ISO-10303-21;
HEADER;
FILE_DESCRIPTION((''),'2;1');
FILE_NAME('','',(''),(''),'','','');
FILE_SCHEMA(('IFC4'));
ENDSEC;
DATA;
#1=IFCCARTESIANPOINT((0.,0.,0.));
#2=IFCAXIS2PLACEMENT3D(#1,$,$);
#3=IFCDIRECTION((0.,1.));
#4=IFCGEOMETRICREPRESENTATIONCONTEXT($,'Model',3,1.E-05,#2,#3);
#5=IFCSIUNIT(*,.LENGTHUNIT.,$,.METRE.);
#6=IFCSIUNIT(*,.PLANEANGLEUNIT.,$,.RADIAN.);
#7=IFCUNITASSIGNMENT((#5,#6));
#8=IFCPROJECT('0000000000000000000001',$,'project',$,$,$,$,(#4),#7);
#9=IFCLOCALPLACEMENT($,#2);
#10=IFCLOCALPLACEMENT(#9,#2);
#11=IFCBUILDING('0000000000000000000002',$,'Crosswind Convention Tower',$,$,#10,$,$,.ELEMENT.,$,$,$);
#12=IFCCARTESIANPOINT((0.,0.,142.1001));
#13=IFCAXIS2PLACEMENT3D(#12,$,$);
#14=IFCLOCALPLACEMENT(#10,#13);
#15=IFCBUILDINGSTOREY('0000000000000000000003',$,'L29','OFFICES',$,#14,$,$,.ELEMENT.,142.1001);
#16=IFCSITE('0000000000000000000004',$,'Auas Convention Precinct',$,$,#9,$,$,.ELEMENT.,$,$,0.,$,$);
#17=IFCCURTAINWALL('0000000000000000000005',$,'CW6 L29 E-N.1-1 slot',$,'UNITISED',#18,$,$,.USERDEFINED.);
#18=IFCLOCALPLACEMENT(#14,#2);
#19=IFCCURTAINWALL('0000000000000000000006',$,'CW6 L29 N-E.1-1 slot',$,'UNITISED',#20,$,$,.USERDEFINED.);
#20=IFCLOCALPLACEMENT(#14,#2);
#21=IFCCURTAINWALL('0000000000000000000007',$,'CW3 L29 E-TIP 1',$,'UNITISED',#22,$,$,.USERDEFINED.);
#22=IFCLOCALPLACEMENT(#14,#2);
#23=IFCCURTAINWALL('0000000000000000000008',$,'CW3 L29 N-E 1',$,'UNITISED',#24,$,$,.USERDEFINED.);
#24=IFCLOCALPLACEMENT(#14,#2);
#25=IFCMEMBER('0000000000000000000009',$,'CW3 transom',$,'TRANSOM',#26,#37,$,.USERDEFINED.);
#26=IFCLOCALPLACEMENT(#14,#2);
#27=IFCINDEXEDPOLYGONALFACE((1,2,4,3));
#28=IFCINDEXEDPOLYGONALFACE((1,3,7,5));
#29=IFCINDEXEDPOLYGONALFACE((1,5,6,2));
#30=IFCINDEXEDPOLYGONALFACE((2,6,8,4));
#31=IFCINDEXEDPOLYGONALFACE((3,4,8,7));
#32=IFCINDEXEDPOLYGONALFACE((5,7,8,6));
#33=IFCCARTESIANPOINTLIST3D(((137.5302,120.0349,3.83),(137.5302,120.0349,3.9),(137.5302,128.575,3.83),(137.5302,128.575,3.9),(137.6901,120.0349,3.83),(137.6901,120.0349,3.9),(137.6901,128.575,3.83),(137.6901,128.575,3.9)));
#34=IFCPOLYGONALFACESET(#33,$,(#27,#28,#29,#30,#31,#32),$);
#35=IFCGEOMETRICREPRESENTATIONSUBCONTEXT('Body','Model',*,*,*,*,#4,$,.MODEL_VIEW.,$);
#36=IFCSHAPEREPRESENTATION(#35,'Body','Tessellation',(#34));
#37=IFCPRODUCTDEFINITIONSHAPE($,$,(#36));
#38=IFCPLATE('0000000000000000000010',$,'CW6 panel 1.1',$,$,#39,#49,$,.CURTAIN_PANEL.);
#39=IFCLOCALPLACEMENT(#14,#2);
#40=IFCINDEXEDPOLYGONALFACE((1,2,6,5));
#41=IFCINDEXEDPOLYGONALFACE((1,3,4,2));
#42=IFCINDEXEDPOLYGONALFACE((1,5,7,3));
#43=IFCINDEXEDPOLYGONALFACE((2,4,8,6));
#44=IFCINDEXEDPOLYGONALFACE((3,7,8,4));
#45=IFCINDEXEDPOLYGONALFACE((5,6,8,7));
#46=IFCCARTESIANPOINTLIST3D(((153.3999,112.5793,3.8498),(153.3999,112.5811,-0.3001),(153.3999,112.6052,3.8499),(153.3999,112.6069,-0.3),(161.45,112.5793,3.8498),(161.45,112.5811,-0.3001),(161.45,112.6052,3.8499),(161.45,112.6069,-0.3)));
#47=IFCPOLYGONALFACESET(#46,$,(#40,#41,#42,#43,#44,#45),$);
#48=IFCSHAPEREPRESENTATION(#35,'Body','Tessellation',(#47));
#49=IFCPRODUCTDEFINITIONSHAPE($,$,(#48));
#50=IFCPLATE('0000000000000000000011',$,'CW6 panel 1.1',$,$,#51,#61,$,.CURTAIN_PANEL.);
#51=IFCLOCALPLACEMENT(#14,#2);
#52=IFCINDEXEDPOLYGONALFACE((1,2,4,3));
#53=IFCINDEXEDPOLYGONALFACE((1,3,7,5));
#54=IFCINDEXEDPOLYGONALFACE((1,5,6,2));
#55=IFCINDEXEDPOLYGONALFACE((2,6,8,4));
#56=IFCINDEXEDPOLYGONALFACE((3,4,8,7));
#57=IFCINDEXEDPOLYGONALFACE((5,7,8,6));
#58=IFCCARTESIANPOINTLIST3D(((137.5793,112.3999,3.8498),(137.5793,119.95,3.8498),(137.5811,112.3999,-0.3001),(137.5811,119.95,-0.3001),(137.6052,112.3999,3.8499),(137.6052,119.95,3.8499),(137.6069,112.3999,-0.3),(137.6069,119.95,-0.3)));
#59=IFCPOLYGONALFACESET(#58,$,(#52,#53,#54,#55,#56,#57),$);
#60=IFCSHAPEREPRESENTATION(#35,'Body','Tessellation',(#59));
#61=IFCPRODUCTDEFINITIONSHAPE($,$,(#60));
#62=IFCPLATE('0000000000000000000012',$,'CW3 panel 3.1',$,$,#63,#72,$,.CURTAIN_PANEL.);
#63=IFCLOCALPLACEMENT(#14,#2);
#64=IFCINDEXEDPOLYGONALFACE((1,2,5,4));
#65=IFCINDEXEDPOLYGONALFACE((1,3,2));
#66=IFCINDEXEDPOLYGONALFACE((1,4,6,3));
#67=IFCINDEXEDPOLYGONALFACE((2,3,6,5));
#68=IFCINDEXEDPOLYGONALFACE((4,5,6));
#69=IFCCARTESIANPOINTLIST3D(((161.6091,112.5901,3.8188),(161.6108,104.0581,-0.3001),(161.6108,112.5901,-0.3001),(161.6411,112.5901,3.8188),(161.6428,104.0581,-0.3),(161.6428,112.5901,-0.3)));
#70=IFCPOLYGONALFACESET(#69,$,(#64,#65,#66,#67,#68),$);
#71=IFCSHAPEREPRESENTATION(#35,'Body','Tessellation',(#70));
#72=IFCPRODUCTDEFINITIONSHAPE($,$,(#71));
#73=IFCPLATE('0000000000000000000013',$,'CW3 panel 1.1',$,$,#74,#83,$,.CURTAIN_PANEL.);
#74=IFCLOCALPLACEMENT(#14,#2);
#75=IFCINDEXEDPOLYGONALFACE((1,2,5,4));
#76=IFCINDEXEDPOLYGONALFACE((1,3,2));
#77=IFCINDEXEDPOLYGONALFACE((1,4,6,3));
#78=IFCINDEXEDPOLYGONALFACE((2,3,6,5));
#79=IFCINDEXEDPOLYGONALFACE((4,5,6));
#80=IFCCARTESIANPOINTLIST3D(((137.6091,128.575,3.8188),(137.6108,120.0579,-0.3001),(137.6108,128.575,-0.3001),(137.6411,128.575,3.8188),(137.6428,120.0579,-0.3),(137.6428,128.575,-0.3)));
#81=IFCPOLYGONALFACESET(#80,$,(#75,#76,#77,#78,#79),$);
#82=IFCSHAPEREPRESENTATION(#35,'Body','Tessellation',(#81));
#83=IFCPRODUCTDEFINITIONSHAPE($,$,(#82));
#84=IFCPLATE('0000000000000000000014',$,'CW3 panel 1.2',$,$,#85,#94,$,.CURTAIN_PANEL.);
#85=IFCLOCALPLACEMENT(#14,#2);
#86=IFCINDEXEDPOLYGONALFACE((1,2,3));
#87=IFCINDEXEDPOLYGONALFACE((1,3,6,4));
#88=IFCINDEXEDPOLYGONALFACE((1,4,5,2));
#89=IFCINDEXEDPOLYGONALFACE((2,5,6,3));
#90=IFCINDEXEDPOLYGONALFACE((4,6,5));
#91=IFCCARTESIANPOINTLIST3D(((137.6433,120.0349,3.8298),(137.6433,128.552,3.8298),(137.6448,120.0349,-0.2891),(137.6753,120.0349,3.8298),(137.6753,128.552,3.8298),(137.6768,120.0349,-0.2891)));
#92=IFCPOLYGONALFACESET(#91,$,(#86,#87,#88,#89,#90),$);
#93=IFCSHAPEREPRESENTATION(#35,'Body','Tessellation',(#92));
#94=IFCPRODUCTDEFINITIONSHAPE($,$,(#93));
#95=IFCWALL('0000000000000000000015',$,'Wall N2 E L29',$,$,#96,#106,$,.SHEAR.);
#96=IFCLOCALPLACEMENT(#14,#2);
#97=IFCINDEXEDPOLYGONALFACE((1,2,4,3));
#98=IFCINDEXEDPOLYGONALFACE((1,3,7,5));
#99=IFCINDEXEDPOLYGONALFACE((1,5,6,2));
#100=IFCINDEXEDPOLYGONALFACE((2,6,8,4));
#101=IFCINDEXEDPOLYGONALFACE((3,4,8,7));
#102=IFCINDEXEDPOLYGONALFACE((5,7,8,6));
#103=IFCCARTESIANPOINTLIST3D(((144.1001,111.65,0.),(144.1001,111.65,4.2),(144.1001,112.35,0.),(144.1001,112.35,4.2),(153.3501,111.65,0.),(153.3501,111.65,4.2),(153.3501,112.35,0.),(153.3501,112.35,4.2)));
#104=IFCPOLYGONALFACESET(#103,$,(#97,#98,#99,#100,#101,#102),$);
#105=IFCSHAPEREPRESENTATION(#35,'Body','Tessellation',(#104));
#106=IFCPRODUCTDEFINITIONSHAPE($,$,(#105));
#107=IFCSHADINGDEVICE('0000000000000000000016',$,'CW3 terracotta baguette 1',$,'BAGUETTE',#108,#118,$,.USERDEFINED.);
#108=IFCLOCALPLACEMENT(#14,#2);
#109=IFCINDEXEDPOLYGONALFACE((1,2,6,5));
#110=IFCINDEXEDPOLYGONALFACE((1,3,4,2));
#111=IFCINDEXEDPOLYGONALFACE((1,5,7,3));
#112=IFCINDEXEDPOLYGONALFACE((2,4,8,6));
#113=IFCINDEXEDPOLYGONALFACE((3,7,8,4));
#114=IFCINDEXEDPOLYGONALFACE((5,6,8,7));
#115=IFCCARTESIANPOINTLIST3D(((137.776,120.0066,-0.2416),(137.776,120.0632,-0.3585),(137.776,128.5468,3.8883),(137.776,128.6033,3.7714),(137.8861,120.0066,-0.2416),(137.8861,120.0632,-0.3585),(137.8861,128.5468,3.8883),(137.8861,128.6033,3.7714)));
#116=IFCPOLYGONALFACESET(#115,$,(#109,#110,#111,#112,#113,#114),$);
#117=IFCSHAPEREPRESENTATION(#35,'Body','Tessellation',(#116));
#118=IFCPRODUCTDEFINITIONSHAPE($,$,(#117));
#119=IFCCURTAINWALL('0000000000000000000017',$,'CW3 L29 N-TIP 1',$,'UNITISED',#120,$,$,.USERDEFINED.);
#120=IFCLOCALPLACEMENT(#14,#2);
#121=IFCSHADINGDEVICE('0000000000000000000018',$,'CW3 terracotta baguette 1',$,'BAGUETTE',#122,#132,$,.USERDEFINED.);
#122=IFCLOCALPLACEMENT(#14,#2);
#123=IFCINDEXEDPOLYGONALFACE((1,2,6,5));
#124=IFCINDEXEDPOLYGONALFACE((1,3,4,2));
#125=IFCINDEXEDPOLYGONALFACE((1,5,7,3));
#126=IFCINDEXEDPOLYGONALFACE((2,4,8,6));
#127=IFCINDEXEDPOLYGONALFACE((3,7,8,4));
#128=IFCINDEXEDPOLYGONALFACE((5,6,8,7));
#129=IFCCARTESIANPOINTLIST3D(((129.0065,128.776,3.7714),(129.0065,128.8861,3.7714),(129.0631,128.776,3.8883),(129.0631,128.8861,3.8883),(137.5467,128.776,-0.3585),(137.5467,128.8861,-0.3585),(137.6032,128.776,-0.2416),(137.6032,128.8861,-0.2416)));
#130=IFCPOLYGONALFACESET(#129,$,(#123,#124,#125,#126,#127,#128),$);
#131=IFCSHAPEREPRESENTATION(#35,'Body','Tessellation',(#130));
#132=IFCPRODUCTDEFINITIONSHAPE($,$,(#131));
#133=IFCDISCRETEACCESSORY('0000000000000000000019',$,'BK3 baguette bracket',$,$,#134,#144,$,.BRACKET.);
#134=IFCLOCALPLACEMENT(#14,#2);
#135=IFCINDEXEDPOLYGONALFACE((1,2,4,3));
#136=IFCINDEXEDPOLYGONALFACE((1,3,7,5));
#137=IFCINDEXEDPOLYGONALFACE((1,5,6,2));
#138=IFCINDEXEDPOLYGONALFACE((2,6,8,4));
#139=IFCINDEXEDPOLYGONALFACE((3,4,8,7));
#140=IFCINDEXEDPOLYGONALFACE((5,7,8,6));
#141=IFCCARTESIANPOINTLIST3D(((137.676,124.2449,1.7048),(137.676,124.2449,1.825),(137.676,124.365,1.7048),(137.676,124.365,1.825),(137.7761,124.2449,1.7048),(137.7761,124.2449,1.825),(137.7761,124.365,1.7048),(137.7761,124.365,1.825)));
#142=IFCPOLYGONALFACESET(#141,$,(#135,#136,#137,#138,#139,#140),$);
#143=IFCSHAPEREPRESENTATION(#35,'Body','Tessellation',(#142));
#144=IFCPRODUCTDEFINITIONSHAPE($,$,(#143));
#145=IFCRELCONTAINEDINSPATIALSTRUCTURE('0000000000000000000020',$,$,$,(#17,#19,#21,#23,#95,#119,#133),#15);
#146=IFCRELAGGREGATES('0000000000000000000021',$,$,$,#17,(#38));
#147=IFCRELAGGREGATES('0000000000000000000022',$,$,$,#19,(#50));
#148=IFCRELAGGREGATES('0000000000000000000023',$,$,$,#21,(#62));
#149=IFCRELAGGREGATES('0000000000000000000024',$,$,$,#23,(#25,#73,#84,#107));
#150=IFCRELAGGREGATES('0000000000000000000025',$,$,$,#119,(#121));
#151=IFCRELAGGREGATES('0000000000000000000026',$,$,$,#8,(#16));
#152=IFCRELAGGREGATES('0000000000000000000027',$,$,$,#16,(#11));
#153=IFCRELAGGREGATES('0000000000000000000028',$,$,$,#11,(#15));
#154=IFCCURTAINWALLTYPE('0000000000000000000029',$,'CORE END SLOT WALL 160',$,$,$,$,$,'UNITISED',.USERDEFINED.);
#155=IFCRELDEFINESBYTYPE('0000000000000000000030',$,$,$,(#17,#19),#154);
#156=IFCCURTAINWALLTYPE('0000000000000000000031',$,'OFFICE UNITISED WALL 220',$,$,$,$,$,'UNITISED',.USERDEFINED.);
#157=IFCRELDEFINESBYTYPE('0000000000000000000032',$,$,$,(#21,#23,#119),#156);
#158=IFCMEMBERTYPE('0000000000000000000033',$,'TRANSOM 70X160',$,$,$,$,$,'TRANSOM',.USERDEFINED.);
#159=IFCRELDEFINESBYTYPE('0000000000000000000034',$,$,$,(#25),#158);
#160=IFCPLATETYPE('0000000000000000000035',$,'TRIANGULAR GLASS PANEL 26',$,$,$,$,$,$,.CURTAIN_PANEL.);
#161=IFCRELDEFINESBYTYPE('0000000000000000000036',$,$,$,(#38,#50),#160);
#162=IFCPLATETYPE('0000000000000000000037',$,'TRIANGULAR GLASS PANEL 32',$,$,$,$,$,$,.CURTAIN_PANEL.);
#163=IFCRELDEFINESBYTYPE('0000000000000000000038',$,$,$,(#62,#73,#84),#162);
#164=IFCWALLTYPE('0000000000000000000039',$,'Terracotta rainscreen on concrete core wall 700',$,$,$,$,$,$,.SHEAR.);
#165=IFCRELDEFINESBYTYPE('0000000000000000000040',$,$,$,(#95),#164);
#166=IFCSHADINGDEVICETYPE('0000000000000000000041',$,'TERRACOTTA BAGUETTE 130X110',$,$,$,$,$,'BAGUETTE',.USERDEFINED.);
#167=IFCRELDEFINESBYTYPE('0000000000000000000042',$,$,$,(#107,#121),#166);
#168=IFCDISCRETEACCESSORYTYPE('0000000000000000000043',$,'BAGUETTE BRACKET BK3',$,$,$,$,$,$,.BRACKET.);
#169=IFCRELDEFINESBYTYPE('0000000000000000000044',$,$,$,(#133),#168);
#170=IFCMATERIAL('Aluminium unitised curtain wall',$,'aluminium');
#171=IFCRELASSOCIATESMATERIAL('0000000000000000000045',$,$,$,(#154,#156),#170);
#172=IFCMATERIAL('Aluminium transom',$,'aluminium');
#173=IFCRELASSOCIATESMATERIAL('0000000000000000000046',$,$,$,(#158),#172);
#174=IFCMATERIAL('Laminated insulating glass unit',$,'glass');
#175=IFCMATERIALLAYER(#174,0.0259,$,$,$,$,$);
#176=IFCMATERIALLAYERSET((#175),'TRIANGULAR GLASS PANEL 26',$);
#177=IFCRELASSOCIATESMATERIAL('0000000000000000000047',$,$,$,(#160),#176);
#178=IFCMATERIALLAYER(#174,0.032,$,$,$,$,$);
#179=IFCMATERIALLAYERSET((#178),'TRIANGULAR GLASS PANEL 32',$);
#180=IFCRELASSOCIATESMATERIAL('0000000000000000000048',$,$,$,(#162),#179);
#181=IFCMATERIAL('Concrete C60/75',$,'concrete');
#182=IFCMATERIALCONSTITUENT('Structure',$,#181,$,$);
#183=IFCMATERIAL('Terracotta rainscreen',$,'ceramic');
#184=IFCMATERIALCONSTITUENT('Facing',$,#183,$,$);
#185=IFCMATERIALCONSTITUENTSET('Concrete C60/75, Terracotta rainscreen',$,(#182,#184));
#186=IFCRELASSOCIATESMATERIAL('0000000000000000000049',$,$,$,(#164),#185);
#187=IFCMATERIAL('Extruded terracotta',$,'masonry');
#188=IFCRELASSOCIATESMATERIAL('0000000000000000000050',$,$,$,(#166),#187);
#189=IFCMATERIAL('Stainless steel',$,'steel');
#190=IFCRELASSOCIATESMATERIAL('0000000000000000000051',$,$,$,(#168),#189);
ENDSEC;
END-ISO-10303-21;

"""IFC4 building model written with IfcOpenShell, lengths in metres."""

from ifc_helpers import new_model, si_unit, direction, frame, frame_2d, origin, origin_2d, place, context, subcontext, project, spatial, polyline, rectangle, outline, extrude, material, layer, layer_set, constituent, constituent_set, material_profile, profile_set, type_object, element, aggregate, save


model = new_model("IFC4")

# Units and contexts
model_context = context("Model", 3, precision=1e-05, world=origin(), true_north=direction((0.0, 1.0)))
body_context = subcontext(model_context, "Body", "Model", "MODEL_VIEW")
ifc_project = project(units=[si_unit("LENGTHUNIT", "METRE"), si_unit("PLANEANGLEUNIT", "RADIAN")], contexts=[model_context])

# Site, building, storey
site_placement = place(None, origin())
site = spatial("IfcSite", under=ifc_project, at=site_placement, Name="Auas Convention Precinct", CompositionType="ELEMENT", RefElevation=0.0)
building_placement = place(site_placement, origin())
building = spatial("IfcBuilding", under=site, at=building_placement, Name="Crosswind Convention Tower", CompositionType="ELEMENT")
storey_placement = place(building_placement, frame((0.0, 0.0, 142.1001)))
storey = spatial("IfcBuildingStorey", under=building, at=storey_placement, Name="L29", Description="OFFICES", CompositionType="ELEMENT", Elevation=142.1001)

# Shared definitions
ifc_material_1 = material(Name="Concrete C60/75", Category="concrete")

# Curtain walls
ifc_material_2 = material(Name="Aluminium unitised curtain wall", Category="aluminium")
curtain_wall_type_1 = type_object("IfcCurtainWallType", Name="CORE END SLOT WALL 160", ElementType="UNITISED", PredefinedType="USERDEFINED", material=ifc_material_2)
curtain_wall_1_placement = place(storey_placement, origin())
curtain_wall_1 = element("IfcCurtainWall", 1, at=curtain_wall_1_placement, inside=storey, type_object=curtain_wall_type_1, Name="CW6 L29 E-N.1-1 slot", ObjectType="UNITISED", PredefinedType="USERDEFINED")
curtain_wall_2_placement = place(storey_placement, origin())
curtain_wall_2 = element("IfcCurtainWall", 2, at=curtain_wall_2_placement, inside=storey, type_object=curtain_wall_type_1, Name="CW6 L29 N-E.1-1 slot", ObjectType="UNITISED", PredefinedType="USERDEFINED")

# Curtain wall
curtain_wall_type_2 = type_object("IfcCurtainWallType", Name="OFFICE UNITISED WALL 220", ElementType="UNITISED", PredefinedType="USERDEFINED", material=ifc_material_2)
curtain_wall_3_placement = place(storey_placement, origin())
curtain_wall_3 = element("IfcCurtainWall", 3, at=curtain_wall_3_placement, inside=storey, type_object=curtain_wall_type_2, Name="CW3 L29 E-TIP 1", ObjectType="UNITISED", PredefinedType="USERDEFINED")

# Curtain wall
curtain_wall_4_placement = place(storey_placement, origin())
curtain_wall_4 = element("IfcCurtainWall", 4, at=curtain_wall_4_placement, inside=storey, type_object=curtain_wall_type_2, Name="CW3 L29 N-E 1", ObjectType="UNITISED", PredefinedType="USERDEFINED")

# Member
ifc_material_3 = material(Name="Aluminium transom", Category="aluminium")
ifc_material_profile_1 = material_profile(ifc_material_3, rectangle(XDim=0.1599, YDim=0.0701, at=origin_2d()), Name="AL 160X70")
ifc_profile_set_1 = profile_set([ifc_material_profile_1], Name="Aluminium transom")
member_type_1 = type_object("IfcMemberType", Name="TRANSOM 70X160", ElementType="TRANSOM", PredefinedType="USERDEFINED", material=ifc_profile_set_1)
member_1_placement = place(storey_placement, frame((137.6101, 120.0349, 3.865), z_axis=(0.0, 1.0, 0.0), x_axis=(-1.0, 0.0, 0.0)))
member_1 = element("IfcMember", 5, at=member_1_placement, type_object=member_type_1, Name="CW3 transom", ObjectType="TRANSOM", PredefinedType="USERDEFINED", context=body_context, shape_type="SweptSolid", body=[
    extrude(rectangle(XDim=0.1599, YDim=0.0701, at=origin_2d()), origin(), (0.0, 0.0, 1.0), 8.54),
])

# Plates
ifc_material_4 = material(Name="Laminated insulating glass unit", Category="glass")
ifc_layer_1 = layer(ifc_material_4, 0.0259)
ifc_layer_set_1 = layer_set([ifc_layer_1], Name="TRIANGULAR GLASS PANEL 26")
plate_type_1 = type_object("IfcPlateType", Name="TRIANGULAR GLASS PANEL 26", PredefinedType="CURTAIN_PANEL", material=ifc_layer_set_1)
plate_1_placement = place(storey_placement, frame((161.45, 112.6069, -0.3), z_axis=(0.0, 1.0, 0.000412), x_axis=(-1.0, 0.0, 0.0)))
plate_1 = element("IfcPlate", 6, at=plate_1_placement, type_object=plate_type_1, Name="CW6 panel 1.1", PredefinedType="CURTAIN_PANEL", context=body_context, shape_type="SweptSolid", body=[
    extrude(outline(polyline([(0.0, 0.0), (8.05, 0.0), (8.05, 4.1499), (0.0, 4.1499), (0.0, 0.0)])), origin(), (0.0, 0.0, -1.0), 0.0259),
])
aggregate(curtain_wall_1, [plate_1])
plate_2_placement = place(storey_placement, frame((137.6069, 112.3999, -0.3), z_axis=(1.0, 0.0, 0.000412), x_axis=(0.0, 1.0, 0.0)))
plate_2 = element("IfcPlate", 7, at=plate_2_placement, type_object=plate_type_1, Name="CW6 panel 1.1", PredefinedType="CURTAIN_PANEL", context=body_context, shape_type="SweptSolid", body=[
    extrude(outline(polyline([(0.0, 0.0), (7.55, 0.0), (7.55, 4.1499), (0.0, 4.1499), (0.0, 0.0)])), origin(), (0.0, 0.0, -1.0), 0.0259),
])
aggregate(curtain_wall_2, [plate_2])
ifc_layer_2 = layer(ifc_material_4, 0.032)
ifc_layer_set_2 = layer_set([ifc_layer_2], Name="TRIANGULAR GLASS PANEL 32")
plate_type_2 = type_object("IfcPlateType", Name="TRIANGULAR GLASS PANEL 32", PredefinedType="CURTAIN_PANEL", material=ifc_layer_set_2)
plate_3_placement = place(storey_placement, frame((161.6428, 112.5901, -0.3), z_axis=(1.0, 0.0, 0.000415), x_axis=(-0.000415, 0.0, 1.0)))
plate_3 = element("IfcPlate", 8, at=plate_3_placement, type_object=plate_type_2, Name="CW3 panel 3.1", PredefinedType="CURTAIN_PANEL", context=body_context, shape_type="SweptSolid", body=[
    extrude(outline(polyline([(0.0, 0.0), (4.1189, 0.0), (0.0, 8.532), (0.0, 0.0)])), origin(), (0.0, 0.0, -1.0), 0.032),
])
aggregate(curtain_wall_3, [plate_3])
plate_4_placement = place(storey_placement, frame((137.6428, 128.575, -0.3), z_axis=(1.0, 0.0, 0.000415), x_axis=(-0.000415, 0.0, 1.0)))
plate_4 = element("IfcPlate", 9, at=plate_4_placement, type_object=plate_type_2, Name="CW3 panel 1.1", PredefinedType="CURTAIN_PANEL", context=body_context, shape_type="SweptSolid", body=[
    extrude(outline(polyline([(0.0, 0.0), (4.1189, 0.0), (0.0, 8.5171), (0.0, 0.0)])), origin(), (0.0, 0.0, -1.0), 0.032),
])
plate_5_placement = place(storey_placement, frame((137.6753, 120.0349, 3.8298), z_axis=(1.0, 0.0, 0.000356), x_axis=(0.000356, 0.0, -1.0)))
plate_5 = element("IfcPlate", 10, at=plate_5_placement, type_object=plate_type_2, Name="CW3 panel 1.2", PredefinedType="CURTAIN_PANEL", context=body_context, shape_type="SweptSolid", body=[
    extrude(outline(polyline([(0.0, 0.0), (4.1189, 0.0), (0.0, 8.5171), (0.0, 0.0)])), origin(), (0.0, 0.0, -1.0), 0.032),
])

# Wall
ifc_constituent_1 = constituent(ifc_material_1, Name="Structure")
ifc_material_5 = material(Name="Terracotta rainscreen", Category="ceramic")
ifc_constituent_2 = constituent(ifc_material_5, Name="Facing")
ifc_constituent_set = constituent_set(constituents=[ifc_constituent_1, ifc_constituent_2], Name="Concrete C60/75, Terracotta rainscreen")
wall_type = type_object("IfcWallType", Name="Terracotta rainscreen on concrete core wall 700", PredefinedType="SHEAR", material=ifc_constituent_set)
wall_placement = place(storey_placement, frame((144.1001, 112.0, 0.0), z_axis=(0.0, 0.0, 1.0), x_axis=(1.0, 0.0, 0.0)))
element("IfcWall", 11, at=wall_placement, inside=storey, type_object=wall_type, Name="Wall N2 E L29", PredefinedType="SHEAR", context=body_context, shape_type="SweptSolid", body=[
    extrude(rectangle(XDim=9.25, YDim=0.7, at=frame_2d((4.625, 0.0))), origin(), (0.0, 0.0, 1.0), 4.2),
])

# Shading device
ifc_material_6 = material(Name="Extruded terracotta", Category="masonry")
ifc_material_profile_2 = material_profile(ifc_material_6, rectangle(XDim=0.1101, YDim=0.1299, at=origin_2d()), Name="TC 110X130")
ifc_profile_set_2 = profile_set([ifc_material_profile_2], Name="Extruded terracotta")
shading_device_type = type_object("IfcShadingDeviceType", Name="TERRACOTTA BAGUETTE 130X110", ElementType="BAGUETTE", PredefinedType="USERDEFINED", material=ifc_profile_set_2)
shading_device_1_placement = place(storey_placement, frame((137.8311, 120.0349, -0.3), z_axis=(0.0, 0.900258, 0.435356), x_axis=(-1.0, 0.0, 0.0)))
shading_device_1 = element("IfcShadingDevice", 12, at=shading_device_1_placement, type_object=shading_device_type, Name="CW3 terracotta baguette 1", ObjectType="BAGUETTE", PredefinedType="USERDEFINED", context=body_context, shape_type="SweptSolid", body=[
    extrude(rectangle(XDim=0.1101, YDim=0.1299, at=origin_2d()), origin(), (0.0, 0.0, 1.0), 9.4863),
])
aggregate(curtain_wall_4, [member_1, plate_4, plate_5, shading_device_1])

# Curtain wall, shading device
curtain_wall_5_placement = place(storey_placement, origin())
curtain_wall_5 = element("IfcCurtainWall", 13, at=curtain_wall_5_placement, inside=storey, type_object=curtain_wall_type_2, Name="CW3 L29 N-TIP 1", ObjectType="UNITISED", PredefinedType="USERDEFINED")
shading_device_2_placement = place(storey_placement, frame((137.575, 128.8311, -0.3), z_axis=(-0.900258, 0.0, 0.435356), x_axis=(0.0, -1.0, 0.0)))
shading_device_2 = element("IfcShadingDevice", 14, at=shading_device_2_placement, type_object=shading_device_type, Name="CW3 terracotta baguette 1", ObjectType="BAGUETTE", PredefinedType="USERDEFINED", context=body_context, shape_type="SweptSolid", body=[
    extrude(rectangle(XDim=0.1101, YDim=0.1299, at=origin_2d()), origin(), (0.0, 0.0, 1.0), 9.4863),
])
aggregate(curtain_wall_5, [shading_device_2])

# Discrete accessory
ifc_material_7 = material(Name="Stainless steel", Category="steel")
discrete_accessory_type = type_object("IfcDiscreteAccessoryType", Name="BAGUETTE BRACKET BK3", PredefinedType="BRACKET", material=ifc_material_7)
discrete_accessory_placement = place(storey_placement, frame((137.7261, 124.3049, 1.7048), z_axis=(0.0, 0.0, 1.0), x_axis=(0.0, 1.0, 0.0)))
element("IfcDiscreteAccessory", 15, at=discrete_accessory_placement, inside=storey, type_object=discrete_accessory_type, Name="BK3 baguette bracket", PredefinedType="BRACKET", context=body_context, shape_type="SweptSolid", body=[
    extrude(rectangle(XDim=0.1201, YDim=0.1001, at=origin_2d()), origin(), (0.0, 0.0, 1.0), 0.1201),
])

save(model, "model.ifc")
